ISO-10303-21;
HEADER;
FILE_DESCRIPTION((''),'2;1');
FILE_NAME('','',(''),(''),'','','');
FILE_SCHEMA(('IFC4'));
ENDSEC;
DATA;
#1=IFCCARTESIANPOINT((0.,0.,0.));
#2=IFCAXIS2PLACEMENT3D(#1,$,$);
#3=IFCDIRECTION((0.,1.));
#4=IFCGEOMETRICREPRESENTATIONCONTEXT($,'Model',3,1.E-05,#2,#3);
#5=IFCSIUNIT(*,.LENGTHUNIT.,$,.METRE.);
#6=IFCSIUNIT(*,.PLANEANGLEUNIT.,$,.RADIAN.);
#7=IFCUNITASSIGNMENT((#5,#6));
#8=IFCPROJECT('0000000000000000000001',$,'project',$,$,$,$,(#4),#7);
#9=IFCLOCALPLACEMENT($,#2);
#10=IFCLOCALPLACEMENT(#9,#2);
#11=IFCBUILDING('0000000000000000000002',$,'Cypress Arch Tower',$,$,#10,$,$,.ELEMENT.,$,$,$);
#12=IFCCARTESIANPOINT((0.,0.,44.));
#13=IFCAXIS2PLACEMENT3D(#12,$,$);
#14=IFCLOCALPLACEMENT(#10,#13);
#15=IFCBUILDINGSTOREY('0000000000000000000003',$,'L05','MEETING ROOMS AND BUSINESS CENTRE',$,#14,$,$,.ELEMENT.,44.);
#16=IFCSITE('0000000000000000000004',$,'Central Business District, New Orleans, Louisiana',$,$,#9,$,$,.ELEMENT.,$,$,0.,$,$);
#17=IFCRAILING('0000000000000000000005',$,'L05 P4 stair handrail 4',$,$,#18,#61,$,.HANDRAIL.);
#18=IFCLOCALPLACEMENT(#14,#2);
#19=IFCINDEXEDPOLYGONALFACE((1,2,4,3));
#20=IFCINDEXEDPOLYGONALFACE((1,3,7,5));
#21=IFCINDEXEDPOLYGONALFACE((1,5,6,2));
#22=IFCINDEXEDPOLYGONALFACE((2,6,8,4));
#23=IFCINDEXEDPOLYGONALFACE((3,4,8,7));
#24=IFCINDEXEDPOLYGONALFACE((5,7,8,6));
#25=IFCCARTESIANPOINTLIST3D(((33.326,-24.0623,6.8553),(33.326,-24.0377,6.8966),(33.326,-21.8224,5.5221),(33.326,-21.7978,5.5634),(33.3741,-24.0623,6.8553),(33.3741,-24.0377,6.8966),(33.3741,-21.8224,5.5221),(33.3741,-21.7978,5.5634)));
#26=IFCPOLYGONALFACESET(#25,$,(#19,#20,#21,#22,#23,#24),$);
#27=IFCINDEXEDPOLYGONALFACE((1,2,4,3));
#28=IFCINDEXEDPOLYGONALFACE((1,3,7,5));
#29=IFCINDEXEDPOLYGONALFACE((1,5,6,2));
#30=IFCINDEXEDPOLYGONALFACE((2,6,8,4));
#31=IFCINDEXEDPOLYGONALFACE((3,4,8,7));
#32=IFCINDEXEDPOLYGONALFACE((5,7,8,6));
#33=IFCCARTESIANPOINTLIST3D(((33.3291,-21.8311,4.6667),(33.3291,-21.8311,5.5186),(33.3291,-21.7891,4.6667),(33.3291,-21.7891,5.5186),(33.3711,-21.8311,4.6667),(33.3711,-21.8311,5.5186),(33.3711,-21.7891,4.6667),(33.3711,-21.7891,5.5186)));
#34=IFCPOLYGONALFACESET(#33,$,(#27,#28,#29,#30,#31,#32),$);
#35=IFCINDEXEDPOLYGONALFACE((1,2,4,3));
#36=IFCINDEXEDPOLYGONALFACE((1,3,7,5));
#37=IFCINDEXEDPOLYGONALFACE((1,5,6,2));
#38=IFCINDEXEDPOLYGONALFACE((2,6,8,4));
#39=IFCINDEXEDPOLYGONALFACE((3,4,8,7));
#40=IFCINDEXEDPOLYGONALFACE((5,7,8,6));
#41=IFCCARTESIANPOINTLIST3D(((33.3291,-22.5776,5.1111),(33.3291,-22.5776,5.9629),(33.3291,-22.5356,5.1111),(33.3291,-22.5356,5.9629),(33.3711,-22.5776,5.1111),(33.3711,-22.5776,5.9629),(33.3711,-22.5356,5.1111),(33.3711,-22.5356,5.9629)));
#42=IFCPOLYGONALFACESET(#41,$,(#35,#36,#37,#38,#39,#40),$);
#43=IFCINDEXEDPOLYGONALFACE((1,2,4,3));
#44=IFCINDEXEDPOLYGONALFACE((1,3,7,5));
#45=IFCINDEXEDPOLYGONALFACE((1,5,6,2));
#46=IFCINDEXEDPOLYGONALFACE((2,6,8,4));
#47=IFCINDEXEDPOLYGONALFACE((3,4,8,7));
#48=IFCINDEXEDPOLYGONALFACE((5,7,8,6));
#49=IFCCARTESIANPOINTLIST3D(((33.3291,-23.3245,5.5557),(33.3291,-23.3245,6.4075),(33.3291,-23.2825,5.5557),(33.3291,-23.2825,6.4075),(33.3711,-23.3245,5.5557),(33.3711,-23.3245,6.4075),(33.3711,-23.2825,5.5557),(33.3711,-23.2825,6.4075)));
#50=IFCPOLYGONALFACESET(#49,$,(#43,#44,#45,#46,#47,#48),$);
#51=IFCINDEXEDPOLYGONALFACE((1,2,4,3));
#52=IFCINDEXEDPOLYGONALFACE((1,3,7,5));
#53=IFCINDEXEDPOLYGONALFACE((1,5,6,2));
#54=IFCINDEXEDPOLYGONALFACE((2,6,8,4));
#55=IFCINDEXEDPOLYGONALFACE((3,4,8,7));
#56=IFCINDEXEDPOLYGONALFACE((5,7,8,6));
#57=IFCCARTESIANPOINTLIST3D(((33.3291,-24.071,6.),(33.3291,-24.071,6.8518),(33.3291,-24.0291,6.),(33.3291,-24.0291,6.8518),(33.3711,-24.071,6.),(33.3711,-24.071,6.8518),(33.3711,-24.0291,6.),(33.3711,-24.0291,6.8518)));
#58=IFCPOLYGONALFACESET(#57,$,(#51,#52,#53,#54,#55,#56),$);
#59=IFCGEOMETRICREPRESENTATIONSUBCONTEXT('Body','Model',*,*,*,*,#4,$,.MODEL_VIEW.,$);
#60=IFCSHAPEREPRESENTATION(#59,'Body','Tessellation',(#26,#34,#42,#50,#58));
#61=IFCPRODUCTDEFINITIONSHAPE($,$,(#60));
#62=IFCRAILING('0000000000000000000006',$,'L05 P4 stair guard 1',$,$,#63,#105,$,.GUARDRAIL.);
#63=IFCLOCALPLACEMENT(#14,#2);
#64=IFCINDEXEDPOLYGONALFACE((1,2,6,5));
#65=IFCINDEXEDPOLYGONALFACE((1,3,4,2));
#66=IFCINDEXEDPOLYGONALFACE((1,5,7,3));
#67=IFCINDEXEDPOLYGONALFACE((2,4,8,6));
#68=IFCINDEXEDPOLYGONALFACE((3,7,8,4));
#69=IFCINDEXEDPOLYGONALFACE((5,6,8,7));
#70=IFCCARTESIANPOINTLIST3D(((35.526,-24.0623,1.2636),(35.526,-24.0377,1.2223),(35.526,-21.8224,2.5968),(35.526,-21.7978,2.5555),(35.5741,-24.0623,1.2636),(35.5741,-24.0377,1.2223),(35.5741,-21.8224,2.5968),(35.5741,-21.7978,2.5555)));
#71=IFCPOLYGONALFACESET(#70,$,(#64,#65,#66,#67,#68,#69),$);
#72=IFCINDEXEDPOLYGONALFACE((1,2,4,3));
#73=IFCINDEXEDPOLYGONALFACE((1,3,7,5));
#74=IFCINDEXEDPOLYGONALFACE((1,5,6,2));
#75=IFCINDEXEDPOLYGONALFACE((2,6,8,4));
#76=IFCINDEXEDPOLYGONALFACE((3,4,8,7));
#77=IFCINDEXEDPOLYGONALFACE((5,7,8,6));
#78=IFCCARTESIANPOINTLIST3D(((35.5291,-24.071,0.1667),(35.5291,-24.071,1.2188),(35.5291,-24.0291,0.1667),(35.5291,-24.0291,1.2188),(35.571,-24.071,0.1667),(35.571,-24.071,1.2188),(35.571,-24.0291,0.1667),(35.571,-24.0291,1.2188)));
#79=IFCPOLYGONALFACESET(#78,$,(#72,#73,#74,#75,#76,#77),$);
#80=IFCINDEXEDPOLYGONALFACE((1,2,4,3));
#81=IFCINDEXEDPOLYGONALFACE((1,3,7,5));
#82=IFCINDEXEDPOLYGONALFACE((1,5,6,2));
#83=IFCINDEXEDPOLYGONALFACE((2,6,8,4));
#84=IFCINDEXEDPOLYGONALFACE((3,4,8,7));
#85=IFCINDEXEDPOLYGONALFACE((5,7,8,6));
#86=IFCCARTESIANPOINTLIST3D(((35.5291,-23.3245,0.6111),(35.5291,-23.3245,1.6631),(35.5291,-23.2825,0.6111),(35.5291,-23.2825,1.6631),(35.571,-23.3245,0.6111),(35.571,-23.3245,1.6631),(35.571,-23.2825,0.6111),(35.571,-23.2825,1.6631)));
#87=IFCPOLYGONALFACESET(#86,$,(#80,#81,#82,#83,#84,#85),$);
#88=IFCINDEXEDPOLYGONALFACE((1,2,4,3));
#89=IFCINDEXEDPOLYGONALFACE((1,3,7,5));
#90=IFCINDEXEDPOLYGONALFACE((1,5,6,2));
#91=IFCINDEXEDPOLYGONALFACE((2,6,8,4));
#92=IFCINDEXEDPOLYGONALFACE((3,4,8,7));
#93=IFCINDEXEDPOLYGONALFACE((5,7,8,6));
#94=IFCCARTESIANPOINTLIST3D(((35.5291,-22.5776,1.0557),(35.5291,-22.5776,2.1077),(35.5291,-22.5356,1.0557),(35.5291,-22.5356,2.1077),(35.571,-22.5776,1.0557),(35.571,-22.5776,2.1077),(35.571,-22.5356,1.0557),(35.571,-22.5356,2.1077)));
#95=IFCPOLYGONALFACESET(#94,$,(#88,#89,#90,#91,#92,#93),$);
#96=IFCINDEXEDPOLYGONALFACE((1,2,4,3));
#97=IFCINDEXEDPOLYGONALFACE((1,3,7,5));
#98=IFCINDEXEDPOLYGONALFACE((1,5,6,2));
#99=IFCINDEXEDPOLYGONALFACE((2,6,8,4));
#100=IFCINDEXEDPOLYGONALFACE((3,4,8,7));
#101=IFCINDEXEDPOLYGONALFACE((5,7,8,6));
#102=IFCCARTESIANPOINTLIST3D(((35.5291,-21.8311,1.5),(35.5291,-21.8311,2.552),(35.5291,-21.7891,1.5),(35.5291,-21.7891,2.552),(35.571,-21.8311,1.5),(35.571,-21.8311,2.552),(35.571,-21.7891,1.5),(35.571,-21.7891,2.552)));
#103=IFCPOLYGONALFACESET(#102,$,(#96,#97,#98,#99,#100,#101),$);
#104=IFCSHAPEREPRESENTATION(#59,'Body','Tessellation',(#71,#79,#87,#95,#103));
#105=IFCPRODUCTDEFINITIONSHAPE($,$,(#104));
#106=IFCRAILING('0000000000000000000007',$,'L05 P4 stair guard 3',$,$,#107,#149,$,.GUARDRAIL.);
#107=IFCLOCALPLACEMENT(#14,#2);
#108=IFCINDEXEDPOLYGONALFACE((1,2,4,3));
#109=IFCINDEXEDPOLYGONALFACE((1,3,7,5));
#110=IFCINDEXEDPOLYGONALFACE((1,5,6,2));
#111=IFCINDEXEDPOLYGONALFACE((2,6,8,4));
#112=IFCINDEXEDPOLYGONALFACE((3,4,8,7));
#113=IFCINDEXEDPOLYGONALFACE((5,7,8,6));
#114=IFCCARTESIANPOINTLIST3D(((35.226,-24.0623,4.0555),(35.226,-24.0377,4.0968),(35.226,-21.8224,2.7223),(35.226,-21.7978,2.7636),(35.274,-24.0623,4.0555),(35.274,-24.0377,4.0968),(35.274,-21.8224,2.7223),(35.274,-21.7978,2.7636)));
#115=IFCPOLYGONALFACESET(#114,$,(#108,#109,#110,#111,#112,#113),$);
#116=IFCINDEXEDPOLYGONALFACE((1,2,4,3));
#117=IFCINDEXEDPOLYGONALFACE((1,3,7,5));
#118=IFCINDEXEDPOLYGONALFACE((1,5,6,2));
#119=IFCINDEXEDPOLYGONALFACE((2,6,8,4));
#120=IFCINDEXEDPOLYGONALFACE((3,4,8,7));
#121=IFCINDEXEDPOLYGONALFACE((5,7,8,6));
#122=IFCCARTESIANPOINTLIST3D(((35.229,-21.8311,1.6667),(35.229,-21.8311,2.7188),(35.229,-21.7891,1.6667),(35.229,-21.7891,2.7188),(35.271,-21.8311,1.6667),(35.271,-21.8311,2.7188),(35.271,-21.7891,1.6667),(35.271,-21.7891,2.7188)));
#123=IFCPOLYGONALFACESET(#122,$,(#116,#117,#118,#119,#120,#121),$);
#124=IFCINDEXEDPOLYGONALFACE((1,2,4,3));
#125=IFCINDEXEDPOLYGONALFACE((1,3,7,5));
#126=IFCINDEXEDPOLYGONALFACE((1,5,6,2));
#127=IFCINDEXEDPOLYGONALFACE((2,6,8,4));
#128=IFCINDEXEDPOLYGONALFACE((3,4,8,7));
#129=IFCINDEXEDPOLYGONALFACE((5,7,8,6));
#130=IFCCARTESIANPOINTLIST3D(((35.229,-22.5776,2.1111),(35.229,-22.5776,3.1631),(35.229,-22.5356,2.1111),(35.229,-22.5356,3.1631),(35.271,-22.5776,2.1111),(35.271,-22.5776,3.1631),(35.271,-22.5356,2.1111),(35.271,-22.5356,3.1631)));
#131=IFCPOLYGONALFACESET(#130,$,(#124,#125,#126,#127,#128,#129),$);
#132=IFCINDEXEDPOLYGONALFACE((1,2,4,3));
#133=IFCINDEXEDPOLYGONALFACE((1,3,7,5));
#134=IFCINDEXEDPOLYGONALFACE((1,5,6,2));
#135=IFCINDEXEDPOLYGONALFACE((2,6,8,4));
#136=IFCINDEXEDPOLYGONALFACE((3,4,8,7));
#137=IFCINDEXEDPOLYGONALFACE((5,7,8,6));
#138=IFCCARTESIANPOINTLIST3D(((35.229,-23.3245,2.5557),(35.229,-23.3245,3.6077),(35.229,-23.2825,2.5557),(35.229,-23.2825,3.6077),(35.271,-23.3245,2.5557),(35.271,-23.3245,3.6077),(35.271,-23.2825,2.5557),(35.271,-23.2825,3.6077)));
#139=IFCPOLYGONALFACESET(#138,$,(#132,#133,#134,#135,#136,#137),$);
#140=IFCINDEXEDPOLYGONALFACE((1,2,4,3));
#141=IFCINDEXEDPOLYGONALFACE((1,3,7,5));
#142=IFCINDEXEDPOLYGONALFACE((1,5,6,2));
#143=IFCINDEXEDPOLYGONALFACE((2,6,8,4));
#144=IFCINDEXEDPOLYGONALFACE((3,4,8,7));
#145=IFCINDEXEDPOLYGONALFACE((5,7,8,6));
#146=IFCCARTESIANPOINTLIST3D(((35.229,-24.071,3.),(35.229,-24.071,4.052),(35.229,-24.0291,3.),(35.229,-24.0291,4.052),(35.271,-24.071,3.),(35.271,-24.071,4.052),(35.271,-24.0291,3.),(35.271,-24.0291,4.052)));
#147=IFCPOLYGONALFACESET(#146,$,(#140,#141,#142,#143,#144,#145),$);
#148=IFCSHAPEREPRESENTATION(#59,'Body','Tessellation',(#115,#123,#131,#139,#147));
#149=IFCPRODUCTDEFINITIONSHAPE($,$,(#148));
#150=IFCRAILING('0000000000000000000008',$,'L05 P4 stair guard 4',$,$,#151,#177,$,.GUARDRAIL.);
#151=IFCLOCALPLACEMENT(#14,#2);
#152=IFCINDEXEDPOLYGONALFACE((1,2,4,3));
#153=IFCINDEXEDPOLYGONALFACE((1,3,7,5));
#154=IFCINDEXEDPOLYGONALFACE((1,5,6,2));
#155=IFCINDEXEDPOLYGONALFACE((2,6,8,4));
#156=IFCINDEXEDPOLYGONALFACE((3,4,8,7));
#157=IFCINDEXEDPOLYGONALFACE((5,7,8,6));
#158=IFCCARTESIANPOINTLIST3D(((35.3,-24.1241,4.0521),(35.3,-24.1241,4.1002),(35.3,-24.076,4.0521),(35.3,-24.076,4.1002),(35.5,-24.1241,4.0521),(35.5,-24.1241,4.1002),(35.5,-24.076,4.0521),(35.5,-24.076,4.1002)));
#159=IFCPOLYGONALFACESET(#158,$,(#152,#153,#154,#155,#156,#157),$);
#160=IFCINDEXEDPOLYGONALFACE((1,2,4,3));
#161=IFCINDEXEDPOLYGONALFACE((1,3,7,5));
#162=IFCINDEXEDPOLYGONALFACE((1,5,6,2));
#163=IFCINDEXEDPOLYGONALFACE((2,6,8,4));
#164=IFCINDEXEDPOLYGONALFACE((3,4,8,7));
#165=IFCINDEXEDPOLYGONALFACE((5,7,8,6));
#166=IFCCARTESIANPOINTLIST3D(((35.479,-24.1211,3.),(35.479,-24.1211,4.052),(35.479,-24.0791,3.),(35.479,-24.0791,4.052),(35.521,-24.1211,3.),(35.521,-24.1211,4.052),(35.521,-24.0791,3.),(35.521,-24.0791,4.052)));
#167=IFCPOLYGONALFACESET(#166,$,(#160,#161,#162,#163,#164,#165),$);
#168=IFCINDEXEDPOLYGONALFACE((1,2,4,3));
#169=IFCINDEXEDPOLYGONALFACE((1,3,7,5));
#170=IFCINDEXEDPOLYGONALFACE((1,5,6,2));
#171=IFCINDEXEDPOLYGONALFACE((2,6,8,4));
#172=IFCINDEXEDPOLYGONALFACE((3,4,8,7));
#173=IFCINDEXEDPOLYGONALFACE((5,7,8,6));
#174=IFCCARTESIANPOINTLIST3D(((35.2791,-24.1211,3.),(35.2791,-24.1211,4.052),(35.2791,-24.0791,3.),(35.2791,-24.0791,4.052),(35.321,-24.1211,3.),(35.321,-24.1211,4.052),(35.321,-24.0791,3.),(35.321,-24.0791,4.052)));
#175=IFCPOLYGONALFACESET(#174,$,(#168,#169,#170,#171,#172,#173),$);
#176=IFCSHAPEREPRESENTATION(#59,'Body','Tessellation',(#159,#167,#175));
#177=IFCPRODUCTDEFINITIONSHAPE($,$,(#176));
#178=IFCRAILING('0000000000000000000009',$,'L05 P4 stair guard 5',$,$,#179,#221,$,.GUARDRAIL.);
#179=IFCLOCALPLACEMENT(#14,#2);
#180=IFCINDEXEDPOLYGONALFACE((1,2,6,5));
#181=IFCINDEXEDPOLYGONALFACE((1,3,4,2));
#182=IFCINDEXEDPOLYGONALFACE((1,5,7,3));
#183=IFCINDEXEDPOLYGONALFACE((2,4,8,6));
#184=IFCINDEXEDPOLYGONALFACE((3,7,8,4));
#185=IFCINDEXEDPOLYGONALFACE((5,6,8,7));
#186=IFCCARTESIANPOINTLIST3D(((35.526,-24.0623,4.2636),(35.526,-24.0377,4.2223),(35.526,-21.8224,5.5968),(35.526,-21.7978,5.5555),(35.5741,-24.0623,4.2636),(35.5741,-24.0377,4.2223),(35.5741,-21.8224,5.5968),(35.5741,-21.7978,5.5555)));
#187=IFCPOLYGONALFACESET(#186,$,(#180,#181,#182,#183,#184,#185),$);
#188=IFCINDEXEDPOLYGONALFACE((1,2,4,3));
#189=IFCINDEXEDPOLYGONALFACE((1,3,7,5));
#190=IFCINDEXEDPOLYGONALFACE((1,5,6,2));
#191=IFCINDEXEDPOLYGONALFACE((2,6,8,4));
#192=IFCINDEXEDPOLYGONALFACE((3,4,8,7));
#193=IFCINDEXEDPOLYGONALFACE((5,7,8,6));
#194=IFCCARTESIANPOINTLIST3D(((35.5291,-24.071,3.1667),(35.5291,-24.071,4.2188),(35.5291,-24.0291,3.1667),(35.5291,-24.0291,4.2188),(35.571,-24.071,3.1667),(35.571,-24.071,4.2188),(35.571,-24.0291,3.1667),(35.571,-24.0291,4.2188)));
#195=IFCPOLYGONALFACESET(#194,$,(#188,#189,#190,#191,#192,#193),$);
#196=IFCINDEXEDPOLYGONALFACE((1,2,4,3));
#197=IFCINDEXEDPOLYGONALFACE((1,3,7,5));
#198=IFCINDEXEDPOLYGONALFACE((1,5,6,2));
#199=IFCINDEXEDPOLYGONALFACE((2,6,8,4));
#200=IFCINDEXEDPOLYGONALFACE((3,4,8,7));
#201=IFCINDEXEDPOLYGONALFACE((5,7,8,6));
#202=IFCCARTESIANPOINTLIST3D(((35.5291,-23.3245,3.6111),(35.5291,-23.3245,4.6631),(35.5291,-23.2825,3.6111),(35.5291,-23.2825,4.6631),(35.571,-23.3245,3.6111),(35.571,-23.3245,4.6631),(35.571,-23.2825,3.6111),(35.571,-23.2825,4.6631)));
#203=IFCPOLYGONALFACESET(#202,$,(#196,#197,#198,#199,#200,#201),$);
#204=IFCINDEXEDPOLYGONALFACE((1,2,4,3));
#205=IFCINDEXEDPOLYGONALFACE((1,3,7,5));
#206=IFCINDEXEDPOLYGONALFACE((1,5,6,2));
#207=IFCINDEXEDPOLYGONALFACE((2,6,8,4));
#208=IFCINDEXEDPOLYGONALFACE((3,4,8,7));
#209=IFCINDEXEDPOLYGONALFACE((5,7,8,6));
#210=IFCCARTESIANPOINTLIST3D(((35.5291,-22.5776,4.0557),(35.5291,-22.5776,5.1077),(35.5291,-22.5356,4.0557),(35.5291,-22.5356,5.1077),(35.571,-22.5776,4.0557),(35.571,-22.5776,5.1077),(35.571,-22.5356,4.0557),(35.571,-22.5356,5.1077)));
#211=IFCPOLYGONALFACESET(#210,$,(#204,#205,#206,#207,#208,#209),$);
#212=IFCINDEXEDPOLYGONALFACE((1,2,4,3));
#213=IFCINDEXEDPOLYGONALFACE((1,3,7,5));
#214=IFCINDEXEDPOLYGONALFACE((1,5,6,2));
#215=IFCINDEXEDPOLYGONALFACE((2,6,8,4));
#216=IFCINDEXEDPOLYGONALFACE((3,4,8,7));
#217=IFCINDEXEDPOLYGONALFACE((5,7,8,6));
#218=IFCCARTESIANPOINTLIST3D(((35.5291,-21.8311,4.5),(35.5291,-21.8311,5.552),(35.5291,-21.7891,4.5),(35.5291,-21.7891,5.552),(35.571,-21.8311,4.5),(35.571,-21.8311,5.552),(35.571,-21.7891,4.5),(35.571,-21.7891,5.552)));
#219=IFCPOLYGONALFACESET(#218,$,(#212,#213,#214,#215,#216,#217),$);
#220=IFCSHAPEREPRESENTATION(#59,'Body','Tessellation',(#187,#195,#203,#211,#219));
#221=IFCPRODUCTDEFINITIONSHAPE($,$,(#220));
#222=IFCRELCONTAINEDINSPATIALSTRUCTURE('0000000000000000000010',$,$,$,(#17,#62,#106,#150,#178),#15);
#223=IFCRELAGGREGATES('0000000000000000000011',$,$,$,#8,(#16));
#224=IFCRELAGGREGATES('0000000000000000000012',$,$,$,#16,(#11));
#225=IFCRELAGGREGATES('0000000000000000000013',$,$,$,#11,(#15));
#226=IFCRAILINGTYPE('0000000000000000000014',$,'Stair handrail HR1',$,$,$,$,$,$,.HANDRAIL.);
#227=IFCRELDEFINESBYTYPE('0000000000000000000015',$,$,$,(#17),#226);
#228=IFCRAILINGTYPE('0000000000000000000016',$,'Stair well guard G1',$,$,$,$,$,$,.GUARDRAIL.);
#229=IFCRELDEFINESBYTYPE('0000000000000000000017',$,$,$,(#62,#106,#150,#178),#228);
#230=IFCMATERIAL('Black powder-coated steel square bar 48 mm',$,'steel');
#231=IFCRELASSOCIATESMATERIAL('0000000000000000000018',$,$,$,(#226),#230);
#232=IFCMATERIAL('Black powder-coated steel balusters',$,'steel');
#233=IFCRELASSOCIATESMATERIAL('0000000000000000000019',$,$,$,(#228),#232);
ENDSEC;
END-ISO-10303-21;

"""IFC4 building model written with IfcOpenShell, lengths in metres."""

from ifc_helpers import new_model, si_unit, direction, frame, origin, origin_2d, place, context, subcontext, project, spatial, rectangle, extrude, material, type_object, element, save


model = new_model("IFC4")

# Units and contexts
model_context = context("Model", 3, precision=1e-05, world=origin(), true_north=direction((0.0, 1.0)))
body_context = subcontext(model_context, "Body", "Model", "MODEL_VIEW")
ifc_project = project(units=[si_unit("LENGTHUNIT", "METRE"), si_unit("PLANEANGLEUNIT", "RADIAN")], contexts=[model_context])

# Site, building, storey
site_placement = place(None, origin())
site = spatial("IfcSite", under=ifc_project, at=site_placement, Name="Central Business District, New Orleans, Louisiana", CompositionType="ELEMENT", RefElevation=0.0)
building_placement = place(site_placement, origin())
building = spatial("IfcBuilding", under=site, at=building_placement, Name="Cypress Arch Tower", CompositionType="ELEMENT")
storey_placement = place(building_placement, frame((0.0, 0.0, 44.0)))
storey = spatial("IfcBuildingStorey", under=building, at=storey_placement, Name="L05", Description="MEETING ROOMS AND BUSINESS CENTRE", CompositionType="ELEMENT", Elevation=44.0)

# Railings
ifc_material_1 = material(Name="Black powder-coated steel square bar 48 mm", Category="steel")
railing_type_1 = type_object("IfcRailingType", Name="Stair handrail HR1", PredefinedType="HANDRAIL", material=ifc_material_1)
railing_1_placement = place(storey_placement, frame((33.3501, -21.8101, 4.6667)))
element("IfcRailing", 1, at=railing_1_placement, inside=storey, type_object=railing_type_1, Name="L05 P4 stair handrail 4", PredefinedType="HANDRAIL", context=body_context, shape_type="SweptSolid", body=[
    extrude(rectangle(XDim=0.0481, YDim=0.0481, at=origin_2d()), frame((0.0, 0.0, 0.876), z_axis=(0.0, -0.859306, 0.511462), x_axis=(1.0, 0.0, 0.0)), (0.0, 0.0, 1.0), 2.6067),
    extrude(rectangle(XDim=0.042, YDim=0.042, at=origin_2d()), origin(), (0.0, 0.0, 1.0), 0.8518),
    extrude(rectangle(XDim=0.042, YDim=0.042, at=origin_2d()), frame((0.0, -0.7466, 0.4443)), (0.0, 0.0, 1.0), 0.8518),
    extrude(rectangle(XDim=0.042, YDim=0.042, at=origin_2d()), frame((0.0, -1.4934, 0.8889)), (0.0, 0.0, 1.0), 0.8518),
    extrude(rectangle(XDim=0.042, YDim=0.042, at=origin_2d()), frame((0.0, -2.24, 1.3333)), (0.0, 0.0, 1.0), 0.8518),
])
ifc_material_2 = material(Name="Black powder-coated steel balusters", Category="steel")
railing_type_2 = type_object("IfcRailingType", Name="Stair well guard G1", PredefinedType="GUARDRAIL", material=ifc_material_2)
railing_2_placement = place(storey_placement, frame((35.55, -24.05, 0.1667)))
element("IfcRailing", 2, at=railing_2_placement, inside=storey, type_object=railing_type_2, Name="L05 P4 stair guard 1", PredefinedType="GUARDRAIL", context=body_context, shape_type="SweptSolid", body=[
    extrude(rectangle(XDim=0.0481, YDim=0.0481, at=origin_2d()), frame((0.0, 0.0, 1.0762), z_axis=(0.0, 0.859306, 0.511462), x_axis=(-1.0, 0.0, 0.0)), (0.0, 0.0, 1.0), 2.6067),
    extrude(rectangle(XDim=0.042, YDim=0.042, at=origin_2d()), origin(), (0.0, 0.0, 1.0), 1.052),
    extrude(rectangle(XDim=0.042, YDim=0.042, at=origin_2d()), frame((0.0, 0.7466, 0.4443)), (0.0, 0.0, 1.0), 1.052),
    extrude(rectangle(XDim=0.042, YDim=0.042, at=origin_2d()), frame((0.0, 1.4934, 0.8889)), (0.0, 0.0, 1.0), 1.052),
    extrude(rectangle(XDim=0.042, YDim=0.042, at=origin_2d()), frame((0.0, 2.24, 1.3333)), (0.0, 0.0, 1.0), 1.052),
])
railing_3_placement = place(storey_placement, frame((35.25, -21.8101, 1.6667)))
element("IfcRailing", 3, at=railing_3_placement, inside=storey, type_object=railing_type_2, Name="L05 P4 stair guard 3", PredefinedType="GUARDRAIL", context=body_context, shape_type="SweptSolid", body=[
    extrude(rectangle(XDim=0.0481, YDim=0.0481, at=origin_2d()), frame((0.0, 0.0, 1.0762), z_axis=(0.0, -0.859306, 0.511462), x_axis=(1.0, 0.0, 0.0)), (0.0, 0.0, 1.0), 2.6067),
    extrude(rectangle(XDim=0.042, YDim=0.042, at=origin_2d()), origin(), (0.0, 0.0, 1.0), 1.052),
    extrude(rectangle(XDim=0.042, YDim=0.042, at=origin_2d()), frame((0.0, -0.7466, 0.4443)), (0.0, 0.0, 1.0), 1.052),
    extrude(rectangle(XDim=0.042, YDim=0.042, at=origin_2d()), frame((0.0, -1.4934, 0.8889)), (0.0, 0.0, 1.0), 1.052),
    extrude(rectangle(XDim=0.042, YDim=0.042, at=origin_2d()), frame((0.0, -2.24, 1.3333)), (0.0, 0.0, 1.0), 1.052),
])
railing_4_placement = place(storey_placement, frame((35.5, -24.1001, 3.0)))
element("IfcRailing", 4, at=railing_4_placement, inside=storey, type_object=railing_type_2, Name="L05 P4 stair guard 4", PredefinedType="GUARDRAIL", context=body_context, shape_type="SweptSolid", body=[
    extrude(rectangle(XDim=0.0481, YDim=0.0481, at=origin_2d()), frame((0.0, 0.0, 1.0762), z_axis=(-1.0, 0.0, 0.0), x_axis=(0.0, -1.0, 0.0)), (0.0, 0.0, 1.0), 0.2),
    extrude(rectangle(XDim=0.042, YDim=0.042, at=origin_2d()), origin(), (0.0, 0.0, 1.0), 1.052),
    extrude(rectangle(XDim=0.042, YDim=0.042, at=origin_2d()), frame((-0.2, 0.0, 0.0)), (0.0, 0.0, 1.0), 1.052),
])
railing_5_placement = place(storey_placement, frame((35.55, -24.05, 3.1667)))
element("IfcRailing", 5, at=railing_5_placement, inside=storey, type_object=railing_type_2, Name="L05 P4 stair guard 5", PredefinedType="GUARDRAIL", context=body_context, shape_type="SweptSolid", body=[
    extrude(rectangle(XDim=0.0481, YDim=0.0481, at=origin_2d()), frame((0.0, 0.0, 1.0762), z_axis=(0.0, 0.859306, 0.511462), x_axis=(-1.0, 0.0, 0.0)), (0.0, 0.0, 1.0), 2.6067),
    extrude(rectangle(XDim=0.042, YDim=0.042, at=origin_2d()), origin(), (0.0, 0.0, 1.0), 1.052),
    extrude(rectangle(XDim=0.042, YDim=0.042, at=origin_2d()), frame((0.0, 0.7466, 0.4443)), (0.0, 0.0, 1.0), 1.052),
    extrude(rectangle(XDim=0.042, YDim=0.042, at=origin_2d()), frame((0.0, 1.4934, 0.8889)), (0.0, 0.0, 1.0), 1.052),
    extrude(rectangle(XDim=0.042, YDim=0.042, at=origin_2d()), frame((0.0, 2.24, 1.3333)), (0.0, 0.0, 1.0), 1.052),
])

save(model, "model.ifc")
